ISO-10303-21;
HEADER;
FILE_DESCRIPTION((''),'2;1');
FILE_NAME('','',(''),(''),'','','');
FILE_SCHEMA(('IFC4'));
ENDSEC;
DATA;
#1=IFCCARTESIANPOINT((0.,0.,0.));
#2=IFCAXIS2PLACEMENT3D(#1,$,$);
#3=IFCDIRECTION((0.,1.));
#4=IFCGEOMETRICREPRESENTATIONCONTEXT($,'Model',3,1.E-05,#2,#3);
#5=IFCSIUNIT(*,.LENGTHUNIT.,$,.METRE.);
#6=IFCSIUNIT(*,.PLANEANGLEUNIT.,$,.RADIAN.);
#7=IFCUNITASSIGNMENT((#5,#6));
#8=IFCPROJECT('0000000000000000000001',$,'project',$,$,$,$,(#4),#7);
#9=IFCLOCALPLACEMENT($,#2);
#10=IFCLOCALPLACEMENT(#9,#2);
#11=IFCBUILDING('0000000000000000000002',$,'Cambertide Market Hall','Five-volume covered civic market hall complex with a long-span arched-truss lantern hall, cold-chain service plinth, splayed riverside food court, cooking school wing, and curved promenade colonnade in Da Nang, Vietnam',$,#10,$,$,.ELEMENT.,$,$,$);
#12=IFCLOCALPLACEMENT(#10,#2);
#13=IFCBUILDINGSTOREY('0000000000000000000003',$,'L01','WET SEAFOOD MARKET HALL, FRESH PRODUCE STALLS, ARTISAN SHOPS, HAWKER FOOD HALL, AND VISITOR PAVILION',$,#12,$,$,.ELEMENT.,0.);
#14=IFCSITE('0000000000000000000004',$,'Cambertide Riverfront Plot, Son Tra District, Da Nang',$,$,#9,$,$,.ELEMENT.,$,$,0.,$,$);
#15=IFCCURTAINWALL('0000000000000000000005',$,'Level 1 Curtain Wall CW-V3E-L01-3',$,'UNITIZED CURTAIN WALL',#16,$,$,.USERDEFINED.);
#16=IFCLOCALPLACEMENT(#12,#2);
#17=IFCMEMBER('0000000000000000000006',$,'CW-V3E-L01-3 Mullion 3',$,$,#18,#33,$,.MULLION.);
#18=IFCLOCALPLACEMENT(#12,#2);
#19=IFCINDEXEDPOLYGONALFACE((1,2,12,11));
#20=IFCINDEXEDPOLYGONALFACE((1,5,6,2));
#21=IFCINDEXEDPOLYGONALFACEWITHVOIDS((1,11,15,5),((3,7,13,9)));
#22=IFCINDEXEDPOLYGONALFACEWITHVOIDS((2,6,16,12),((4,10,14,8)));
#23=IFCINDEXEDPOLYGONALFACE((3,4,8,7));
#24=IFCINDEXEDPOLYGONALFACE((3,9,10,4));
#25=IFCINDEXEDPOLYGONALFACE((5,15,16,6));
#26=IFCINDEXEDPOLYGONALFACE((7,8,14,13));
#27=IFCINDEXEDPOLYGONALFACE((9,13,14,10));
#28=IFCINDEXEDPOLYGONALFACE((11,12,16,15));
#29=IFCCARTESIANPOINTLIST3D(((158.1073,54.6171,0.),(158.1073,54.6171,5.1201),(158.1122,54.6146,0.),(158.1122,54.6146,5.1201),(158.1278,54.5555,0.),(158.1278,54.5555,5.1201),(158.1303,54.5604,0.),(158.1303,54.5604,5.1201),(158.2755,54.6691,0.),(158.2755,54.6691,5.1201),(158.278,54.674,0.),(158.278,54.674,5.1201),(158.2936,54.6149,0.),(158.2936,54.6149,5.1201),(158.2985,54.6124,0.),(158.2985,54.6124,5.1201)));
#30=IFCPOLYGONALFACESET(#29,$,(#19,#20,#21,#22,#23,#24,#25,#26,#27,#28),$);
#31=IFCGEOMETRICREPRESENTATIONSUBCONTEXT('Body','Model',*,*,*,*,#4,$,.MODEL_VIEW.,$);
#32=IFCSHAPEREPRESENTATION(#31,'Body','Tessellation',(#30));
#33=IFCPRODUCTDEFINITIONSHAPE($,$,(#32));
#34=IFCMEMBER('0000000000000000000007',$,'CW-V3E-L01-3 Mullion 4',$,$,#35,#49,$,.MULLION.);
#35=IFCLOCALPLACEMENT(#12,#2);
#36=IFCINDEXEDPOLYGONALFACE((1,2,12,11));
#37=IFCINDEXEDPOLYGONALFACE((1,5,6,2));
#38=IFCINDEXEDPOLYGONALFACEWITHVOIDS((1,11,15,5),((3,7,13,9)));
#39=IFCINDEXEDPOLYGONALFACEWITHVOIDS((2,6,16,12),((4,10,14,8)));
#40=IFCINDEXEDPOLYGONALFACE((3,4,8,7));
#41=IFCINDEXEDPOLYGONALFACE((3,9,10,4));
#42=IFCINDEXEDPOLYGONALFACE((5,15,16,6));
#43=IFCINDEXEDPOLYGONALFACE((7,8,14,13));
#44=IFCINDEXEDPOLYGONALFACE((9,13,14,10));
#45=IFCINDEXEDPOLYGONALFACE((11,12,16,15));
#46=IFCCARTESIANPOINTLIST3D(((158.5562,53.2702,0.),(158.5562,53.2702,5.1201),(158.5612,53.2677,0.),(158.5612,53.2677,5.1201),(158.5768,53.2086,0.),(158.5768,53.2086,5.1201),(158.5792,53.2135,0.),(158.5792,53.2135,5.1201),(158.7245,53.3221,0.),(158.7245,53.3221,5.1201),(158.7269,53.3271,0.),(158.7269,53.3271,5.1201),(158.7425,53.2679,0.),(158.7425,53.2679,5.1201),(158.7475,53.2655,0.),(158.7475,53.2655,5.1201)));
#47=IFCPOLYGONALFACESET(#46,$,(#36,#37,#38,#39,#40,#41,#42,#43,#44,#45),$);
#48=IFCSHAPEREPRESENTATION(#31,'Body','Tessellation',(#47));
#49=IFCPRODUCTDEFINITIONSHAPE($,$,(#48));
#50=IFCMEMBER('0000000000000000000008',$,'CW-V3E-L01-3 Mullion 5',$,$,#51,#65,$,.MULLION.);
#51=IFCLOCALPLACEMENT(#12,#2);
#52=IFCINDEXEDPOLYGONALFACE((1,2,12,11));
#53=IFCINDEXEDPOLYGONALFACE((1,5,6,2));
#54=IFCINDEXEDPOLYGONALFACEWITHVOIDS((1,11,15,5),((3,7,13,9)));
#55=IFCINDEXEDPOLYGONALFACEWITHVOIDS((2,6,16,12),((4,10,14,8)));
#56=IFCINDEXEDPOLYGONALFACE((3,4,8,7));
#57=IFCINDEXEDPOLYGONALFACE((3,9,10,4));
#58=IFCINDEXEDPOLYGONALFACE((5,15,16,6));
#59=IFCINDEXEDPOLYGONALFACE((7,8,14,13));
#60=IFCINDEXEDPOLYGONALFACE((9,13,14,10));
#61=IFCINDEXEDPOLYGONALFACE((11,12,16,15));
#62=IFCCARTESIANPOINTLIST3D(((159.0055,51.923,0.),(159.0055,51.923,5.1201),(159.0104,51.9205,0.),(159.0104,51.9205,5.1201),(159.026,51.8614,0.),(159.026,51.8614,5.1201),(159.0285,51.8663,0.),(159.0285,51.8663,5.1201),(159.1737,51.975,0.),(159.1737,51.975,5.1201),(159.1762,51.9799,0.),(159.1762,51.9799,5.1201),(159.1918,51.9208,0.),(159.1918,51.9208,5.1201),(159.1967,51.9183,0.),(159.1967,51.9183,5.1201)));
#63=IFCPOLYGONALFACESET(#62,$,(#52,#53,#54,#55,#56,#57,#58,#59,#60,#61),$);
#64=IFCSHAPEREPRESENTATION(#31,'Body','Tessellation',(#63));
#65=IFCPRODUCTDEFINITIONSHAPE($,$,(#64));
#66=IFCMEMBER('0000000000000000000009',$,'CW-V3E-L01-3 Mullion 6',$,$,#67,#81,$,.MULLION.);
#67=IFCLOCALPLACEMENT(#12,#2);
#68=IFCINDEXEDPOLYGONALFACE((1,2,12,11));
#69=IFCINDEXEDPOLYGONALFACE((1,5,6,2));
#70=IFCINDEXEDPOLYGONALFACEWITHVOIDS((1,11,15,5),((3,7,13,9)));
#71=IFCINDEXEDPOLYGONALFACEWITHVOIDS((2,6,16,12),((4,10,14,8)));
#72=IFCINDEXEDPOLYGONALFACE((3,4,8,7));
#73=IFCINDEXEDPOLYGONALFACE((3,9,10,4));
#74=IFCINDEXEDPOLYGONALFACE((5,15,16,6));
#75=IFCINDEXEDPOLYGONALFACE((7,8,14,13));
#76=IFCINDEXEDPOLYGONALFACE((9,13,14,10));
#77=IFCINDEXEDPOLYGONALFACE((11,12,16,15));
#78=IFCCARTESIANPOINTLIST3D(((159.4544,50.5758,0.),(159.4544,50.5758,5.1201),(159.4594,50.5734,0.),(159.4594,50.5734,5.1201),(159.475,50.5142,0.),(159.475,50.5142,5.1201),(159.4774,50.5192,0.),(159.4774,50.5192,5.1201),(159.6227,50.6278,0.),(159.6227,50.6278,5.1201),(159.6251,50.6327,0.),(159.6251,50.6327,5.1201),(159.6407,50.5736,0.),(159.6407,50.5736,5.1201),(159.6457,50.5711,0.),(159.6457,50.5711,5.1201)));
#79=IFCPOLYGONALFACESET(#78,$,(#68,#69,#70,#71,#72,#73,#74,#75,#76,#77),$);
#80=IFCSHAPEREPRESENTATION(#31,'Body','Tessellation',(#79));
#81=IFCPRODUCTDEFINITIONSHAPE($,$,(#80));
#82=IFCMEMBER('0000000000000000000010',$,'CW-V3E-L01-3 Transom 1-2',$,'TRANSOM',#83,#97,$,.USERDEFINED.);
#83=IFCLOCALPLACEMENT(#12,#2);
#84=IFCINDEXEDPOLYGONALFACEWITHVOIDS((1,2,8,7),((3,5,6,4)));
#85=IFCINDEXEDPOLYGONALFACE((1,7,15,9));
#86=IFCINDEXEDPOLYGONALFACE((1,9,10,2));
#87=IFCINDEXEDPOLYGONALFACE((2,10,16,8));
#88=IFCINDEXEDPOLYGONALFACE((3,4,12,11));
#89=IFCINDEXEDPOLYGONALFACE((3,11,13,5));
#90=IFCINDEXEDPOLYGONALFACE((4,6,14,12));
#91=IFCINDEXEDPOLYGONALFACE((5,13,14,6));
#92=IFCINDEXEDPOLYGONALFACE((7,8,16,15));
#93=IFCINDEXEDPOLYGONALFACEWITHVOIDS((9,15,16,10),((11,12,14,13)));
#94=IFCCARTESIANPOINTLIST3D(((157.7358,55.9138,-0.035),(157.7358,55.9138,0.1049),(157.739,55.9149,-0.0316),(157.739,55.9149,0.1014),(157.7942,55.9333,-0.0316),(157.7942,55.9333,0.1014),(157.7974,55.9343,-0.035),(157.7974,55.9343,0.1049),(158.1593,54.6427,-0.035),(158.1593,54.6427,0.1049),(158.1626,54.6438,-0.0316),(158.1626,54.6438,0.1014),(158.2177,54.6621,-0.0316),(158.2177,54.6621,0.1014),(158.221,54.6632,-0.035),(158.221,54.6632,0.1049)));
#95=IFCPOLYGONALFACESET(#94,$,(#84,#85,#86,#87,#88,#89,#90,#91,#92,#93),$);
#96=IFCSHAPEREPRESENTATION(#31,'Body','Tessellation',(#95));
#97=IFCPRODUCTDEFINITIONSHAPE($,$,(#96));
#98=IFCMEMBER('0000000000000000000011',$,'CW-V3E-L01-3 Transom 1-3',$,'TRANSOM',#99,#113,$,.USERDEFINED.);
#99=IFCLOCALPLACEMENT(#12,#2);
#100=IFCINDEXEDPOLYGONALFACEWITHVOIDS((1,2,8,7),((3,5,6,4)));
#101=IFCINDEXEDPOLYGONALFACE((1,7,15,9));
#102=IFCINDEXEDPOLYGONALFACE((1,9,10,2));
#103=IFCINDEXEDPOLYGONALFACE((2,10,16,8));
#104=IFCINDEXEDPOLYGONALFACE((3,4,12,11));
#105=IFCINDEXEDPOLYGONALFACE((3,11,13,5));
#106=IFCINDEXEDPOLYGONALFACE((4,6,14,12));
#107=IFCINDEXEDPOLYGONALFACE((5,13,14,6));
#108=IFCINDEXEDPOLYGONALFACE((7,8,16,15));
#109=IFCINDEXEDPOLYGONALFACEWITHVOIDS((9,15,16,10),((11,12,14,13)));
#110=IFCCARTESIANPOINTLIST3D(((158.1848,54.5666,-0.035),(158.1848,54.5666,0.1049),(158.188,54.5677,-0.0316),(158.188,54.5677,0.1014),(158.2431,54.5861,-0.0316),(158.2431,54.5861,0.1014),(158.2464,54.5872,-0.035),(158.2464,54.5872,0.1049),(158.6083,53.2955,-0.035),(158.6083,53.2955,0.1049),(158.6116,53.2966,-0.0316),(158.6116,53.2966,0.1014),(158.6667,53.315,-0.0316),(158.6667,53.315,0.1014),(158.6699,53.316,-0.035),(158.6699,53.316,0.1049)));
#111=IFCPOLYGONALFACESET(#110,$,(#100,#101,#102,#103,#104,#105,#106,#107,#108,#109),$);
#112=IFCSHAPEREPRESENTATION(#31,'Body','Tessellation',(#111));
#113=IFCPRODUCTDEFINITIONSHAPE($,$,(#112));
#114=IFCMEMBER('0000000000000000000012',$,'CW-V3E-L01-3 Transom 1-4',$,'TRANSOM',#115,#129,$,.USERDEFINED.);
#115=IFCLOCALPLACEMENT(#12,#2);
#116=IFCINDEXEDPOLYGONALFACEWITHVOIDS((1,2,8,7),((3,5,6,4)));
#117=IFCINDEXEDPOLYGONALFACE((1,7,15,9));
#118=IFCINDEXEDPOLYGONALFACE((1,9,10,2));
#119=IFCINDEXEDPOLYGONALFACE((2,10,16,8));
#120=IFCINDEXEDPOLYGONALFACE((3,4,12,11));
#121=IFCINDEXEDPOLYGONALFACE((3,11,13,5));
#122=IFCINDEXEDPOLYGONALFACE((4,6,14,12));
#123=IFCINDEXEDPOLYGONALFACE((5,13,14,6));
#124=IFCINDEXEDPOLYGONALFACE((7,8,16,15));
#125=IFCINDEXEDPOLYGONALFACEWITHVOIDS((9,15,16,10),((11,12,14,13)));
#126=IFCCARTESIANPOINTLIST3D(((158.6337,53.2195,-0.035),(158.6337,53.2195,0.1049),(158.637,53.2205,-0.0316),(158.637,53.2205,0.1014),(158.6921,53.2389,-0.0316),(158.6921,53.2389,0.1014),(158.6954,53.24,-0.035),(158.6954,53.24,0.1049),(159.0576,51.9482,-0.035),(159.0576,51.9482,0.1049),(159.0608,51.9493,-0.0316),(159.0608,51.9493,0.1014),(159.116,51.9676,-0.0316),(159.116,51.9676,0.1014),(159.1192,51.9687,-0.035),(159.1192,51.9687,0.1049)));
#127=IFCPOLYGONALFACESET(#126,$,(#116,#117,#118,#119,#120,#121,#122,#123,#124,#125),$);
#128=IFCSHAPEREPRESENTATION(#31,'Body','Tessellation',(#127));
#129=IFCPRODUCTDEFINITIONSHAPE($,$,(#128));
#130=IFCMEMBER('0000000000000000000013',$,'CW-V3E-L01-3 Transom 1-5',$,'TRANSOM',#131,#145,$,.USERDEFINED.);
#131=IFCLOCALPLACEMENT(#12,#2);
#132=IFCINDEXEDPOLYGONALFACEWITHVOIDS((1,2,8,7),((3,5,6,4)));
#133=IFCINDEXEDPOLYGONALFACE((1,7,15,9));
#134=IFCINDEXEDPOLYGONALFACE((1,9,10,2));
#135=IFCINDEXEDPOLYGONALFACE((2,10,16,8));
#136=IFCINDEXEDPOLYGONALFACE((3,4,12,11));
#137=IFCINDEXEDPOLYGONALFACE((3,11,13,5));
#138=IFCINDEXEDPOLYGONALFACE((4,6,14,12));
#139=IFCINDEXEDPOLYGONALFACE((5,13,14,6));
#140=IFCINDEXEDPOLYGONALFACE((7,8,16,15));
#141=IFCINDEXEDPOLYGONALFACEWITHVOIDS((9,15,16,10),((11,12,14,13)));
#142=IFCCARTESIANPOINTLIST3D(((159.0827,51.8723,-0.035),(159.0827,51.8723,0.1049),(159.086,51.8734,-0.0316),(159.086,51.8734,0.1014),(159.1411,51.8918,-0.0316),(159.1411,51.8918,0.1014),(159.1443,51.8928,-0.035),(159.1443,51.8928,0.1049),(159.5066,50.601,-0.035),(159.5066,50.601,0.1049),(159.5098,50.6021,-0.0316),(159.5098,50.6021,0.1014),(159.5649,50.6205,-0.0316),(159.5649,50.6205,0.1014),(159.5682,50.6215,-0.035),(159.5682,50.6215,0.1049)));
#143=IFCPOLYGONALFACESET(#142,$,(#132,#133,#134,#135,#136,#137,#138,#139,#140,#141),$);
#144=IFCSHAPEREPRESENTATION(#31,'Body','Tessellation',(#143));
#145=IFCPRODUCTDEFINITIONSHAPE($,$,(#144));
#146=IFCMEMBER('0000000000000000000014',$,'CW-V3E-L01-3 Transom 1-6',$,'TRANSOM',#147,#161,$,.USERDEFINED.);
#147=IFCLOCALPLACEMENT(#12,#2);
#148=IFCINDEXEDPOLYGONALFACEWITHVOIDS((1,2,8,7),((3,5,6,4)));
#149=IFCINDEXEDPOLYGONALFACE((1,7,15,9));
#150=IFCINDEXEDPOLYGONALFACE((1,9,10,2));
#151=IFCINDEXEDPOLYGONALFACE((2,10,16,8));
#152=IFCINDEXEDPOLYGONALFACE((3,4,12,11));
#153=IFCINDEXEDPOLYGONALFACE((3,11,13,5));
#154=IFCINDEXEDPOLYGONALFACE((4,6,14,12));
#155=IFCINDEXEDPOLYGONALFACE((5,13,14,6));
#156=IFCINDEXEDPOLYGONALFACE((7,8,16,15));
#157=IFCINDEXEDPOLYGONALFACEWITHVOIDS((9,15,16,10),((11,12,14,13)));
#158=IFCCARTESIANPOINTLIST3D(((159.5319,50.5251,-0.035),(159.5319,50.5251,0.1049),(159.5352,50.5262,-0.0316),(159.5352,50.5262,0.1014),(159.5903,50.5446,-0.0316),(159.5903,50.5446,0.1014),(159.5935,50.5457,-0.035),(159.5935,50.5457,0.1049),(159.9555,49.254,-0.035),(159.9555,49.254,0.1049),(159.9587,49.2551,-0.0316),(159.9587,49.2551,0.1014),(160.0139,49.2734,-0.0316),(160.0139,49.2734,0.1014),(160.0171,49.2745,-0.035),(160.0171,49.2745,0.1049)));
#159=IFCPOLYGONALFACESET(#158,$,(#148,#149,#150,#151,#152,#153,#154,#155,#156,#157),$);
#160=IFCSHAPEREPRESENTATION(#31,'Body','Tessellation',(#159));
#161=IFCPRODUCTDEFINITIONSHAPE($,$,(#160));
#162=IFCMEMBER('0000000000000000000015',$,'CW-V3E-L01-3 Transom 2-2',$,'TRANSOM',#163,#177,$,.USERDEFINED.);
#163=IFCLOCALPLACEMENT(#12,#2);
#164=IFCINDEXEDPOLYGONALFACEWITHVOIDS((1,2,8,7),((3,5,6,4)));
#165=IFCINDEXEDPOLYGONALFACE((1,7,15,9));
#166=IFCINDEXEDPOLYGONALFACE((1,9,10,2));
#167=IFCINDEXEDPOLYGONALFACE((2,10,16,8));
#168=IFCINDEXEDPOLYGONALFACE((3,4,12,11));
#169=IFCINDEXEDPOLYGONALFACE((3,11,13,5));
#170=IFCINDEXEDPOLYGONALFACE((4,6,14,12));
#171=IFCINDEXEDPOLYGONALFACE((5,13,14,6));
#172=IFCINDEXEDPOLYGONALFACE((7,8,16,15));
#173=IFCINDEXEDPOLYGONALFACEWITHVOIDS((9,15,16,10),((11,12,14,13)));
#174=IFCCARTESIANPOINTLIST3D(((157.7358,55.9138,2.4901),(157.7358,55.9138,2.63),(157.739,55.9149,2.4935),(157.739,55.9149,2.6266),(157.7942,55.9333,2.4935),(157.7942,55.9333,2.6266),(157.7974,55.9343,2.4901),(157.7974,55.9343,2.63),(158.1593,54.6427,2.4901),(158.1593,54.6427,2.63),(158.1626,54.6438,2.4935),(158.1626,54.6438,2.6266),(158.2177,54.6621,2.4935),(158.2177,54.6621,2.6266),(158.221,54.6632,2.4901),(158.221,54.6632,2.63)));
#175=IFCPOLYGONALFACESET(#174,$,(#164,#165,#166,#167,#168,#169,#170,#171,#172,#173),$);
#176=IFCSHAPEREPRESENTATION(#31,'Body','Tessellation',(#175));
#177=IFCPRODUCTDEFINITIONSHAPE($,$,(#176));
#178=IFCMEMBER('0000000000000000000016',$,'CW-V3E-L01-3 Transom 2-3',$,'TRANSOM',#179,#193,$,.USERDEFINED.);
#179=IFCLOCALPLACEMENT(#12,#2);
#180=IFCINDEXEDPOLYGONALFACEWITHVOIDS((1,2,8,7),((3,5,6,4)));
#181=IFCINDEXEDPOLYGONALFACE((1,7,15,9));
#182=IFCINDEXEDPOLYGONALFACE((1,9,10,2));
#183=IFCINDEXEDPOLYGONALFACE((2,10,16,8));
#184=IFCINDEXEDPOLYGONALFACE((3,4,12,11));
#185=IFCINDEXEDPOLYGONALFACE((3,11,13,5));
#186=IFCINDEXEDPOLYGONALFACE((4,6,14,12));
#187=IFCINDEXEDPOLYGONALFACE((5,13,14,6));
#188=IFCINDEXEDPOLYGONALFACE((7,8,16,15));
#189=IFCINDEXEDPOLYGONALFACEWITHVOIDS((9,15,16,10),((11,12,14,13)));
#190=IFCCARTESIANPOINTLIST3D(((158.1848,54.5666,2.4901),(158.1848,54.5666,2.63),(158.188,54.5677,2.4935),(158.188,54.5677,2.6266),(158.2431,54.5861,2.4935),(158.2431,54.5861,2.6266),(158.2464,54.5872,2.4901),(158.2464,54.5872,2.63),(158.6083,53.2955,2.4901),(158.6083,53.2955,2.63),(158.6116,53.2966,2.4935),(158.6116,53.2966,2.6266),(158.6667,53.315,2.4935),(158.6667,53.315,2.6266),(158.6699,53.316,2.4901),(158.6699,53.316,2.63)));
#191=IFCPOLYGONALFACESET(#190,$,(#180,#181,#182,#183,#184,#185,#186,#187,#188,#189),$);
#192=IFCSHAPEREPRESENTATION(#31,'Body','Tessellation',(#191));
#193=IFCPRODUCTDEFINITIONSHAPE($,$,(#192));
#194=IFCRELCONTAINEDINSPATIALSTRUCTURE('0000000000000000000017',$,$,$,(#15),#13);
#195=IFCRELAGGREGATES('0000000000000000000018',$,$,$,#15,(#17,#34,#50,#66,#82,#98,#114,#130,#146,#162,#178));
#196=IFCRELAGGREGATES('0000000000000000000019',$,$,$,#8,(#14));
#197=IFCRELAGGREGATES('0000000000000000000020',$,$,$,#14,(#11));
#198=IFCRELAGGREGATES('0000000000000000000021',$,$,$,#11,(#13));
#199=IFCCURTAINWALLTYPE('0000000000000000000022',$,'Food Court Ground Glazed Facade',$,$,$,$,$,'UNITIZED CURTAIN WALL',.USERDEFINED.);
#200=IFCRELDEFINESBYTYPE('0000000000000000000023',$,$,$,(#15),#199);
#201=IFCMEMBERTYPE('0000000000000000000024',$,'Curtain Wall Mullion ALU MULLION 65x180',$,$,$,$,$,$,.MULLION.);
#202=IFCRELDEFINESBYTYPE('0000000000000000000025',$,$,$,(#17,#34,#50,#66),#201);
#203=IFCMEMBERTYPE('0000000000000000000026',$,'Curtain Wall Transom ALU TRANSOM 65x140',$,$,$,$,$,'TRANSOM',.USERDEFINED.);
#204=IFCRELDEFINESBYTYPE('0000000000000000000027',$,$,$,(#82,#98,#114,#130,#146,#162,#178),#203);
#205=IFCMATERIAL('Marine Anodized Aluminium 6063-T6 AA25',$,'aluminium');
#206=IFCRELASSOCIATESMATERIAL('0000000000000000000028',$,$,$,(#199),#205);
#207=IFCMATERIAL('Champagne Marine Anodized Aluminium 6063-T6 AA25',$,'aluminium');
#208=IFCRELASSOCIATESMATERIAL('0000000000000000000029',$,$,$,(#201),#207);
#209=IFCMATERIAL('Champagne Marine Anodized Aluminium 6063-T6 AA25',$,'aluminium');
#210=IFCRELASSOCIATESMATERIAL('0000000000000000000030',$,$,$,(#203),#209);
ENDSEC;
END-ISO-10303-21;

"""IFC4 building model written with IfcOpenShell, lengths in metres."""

from ifc_helpers import new_model, si_unit, direction, frame, origin, origin_2d, place, context, subcontext, project, spatial, hollow_rectangle, extrude, material, material_profile, profile_set, type_object, element, aggregate, save


model = new_model("IFC4")

# Units and contexts
model_context = context("Model", 3, precision=1e-05, world=origin(), true_north=direction((0.0, 1.0)))
body_context = subcontext(model_context, "Body", "Model", "MODEL_VIEW")
ifc_project = project(units=[si_unit("LENGTHUNIT", "METRE"), si_unit("PLANEANGLEUNIT", "RADIAN")], contexts=[model_context])

# Site, building, storey
site_placement = place(None, origin())
site = spatial("IfcSite", under=ifc_project, at=site_placement, Name="Cambertide Riverfront Plot, Son Tra District, Da Nang", CompositionType="ELEMENT", RefElevation=0.0)
building_placement = place(site_placement, origin())
building = spatial("IfcBuilding", under=site, at=building_placement, Name="Cambertide Market Hall", Description="Five-volume covered civic market hall complex with a long-span arched-truss lantern hall, cold-chain service plinth, splayed riverside food court, cooking school wing, and curved promenade colonnade in Da Nang, Vietnam", CompositionType="ELEMENT")
storey_placement = place(building_placement, origin())
storey = spatial("IfcBuildingStorey", under=building, at=storey_placement, Name="L01", Description="WET SEAFOOD MARKET HALL, FRESH PRODUCE STALLS, ARTISAN SHOPS, HAWKER FOOD HALL, AND VISITOR PAVILION", CompositionType="ELEMENT", Elevation=0.0)

# Curtain wall, members
ifc_material_1 = material(Name="Marine Anodized Aluminium 6063-T6 AA25", Category="aluminium")
curtain_wall_type = type_object("IfcCurtainWallType", Name="Food Court Ground Glazed Facade", ElementType="UNITIZED CURTAIN WALL", PredefinedType="USERDEFINED", material=ifc_material_1)
curtain_wall_placement = place(storey_placement, origin())
curtain_wall = element("IfcCurtainWall", 1, at=curtain_wall_placement, inside=storey, type_object=curtain_wall_type, Name="Level 1 Curtain Wall CW-V3E-L01-3", ObjectType="UNITIZED CURTAIN WALL", PredefinedType="USERDEFINED")
ifc_material_2 = material(Name="Champagne Marine Anodized Aluminium 6063-T6 AA25", Category="aluminium")
ifc_material_profile_1 = material_profile(ifc_material_2, hollow_rectangle(XDim=0.0649, YDim=0.1799, WallThickness=0.0039, at=origin_2d()), Name="ALU MULLION 65x180")
ifc_profile_set_1 = profile_set([ifc_material_profile_1], Name="Champagne Marine Anodized Aluminium 6063-T6 AA25")
member_type_1 = type_object("IfcMemberType", Name="Curtain Wall Mullion ALU MULLION 65x180", PredefinedType="MULLION", material=ifc_profile_set_1)
member_1_placement = place(storey_placement, frame((158.2029, 54.6147, 0.0), z_axis=(0.0, 0.0, 1.0), x_axis=(0.316228, -0.948683, 0.0)))
member_1 = element("IfcMember", 2, at=member_1_placement, type_object=member_type_1, Name="CW-V3E-L01-3 Mullion 3", PredefinedType="MULLION", context=body_context, shape_type="SweptSolid", body=[
    extrude(hollow_rectangle(XDim=0.0649, YDim=0.1799, WallThickness=0.0039, at=origin_2d()), origin(), (0.0, 0.0, 1.0), 5.1201),
])
member_2_placement = place(storey_placement, frame((158.6519, 53.2678, 0.0), z_axis=(0.0, 0.0, 1.0), x_axis=(0.316228, -0.948683, 0.0)))
member_2 = element("IfcMember", 3, at=member_2_placement, type_object=member_type_1, Name="CW-V3E-L01-3 Mullion 4", PredefinedType="MULLION", context=body_context, shape_type="SweptSolid", body=[
    extrude(hollow_rectangle(XDim=0.0649, YDim=0.1799, WallThickness=0.0039, at=origin_2d()), origin(), (0.0, 0.0, 1.0), 5.1201),
])
member_3_placement = place(storey_placement, frame((159.1011, 51.9207, 0.0), z_axis=(0.0, 0.0, 1.0), x_axis=(0.316228, -0.948683, 0.0)))
member_3 = element("IfcMember", 4, at=member_3_placement, type_object=member_type_1, Name="CW-V3E-L01-3 Mullion 5", PredefinedType="MULLION", context=body_context, shape_type="SweptSolid", body=[
    extrude(hollow_rectangle(XDim=0.0649, YDim=0.1799, WallThickness=0.0039, at=origin_2d()), origin(), (0.0, 0.0, 1.0), 5.1201),
])
member_4_placement = place(storey_placement, frame((159.55, 50.5735, 0.0), z_axis=(0.0, 0.0, 1.0), x_axis=(0.316228, -0.948683, 0.0)))
member_4 = element("IfcMember", 5, at=member_4_placement, type_object=member_type_1, Name="CW-V3E-L01-3 Mullion 6", PredefinedType="MULLION", context=body_context, shape_type="SweptSolid", body=[
    extrude(hollow_rectangle(XDim=0.0649, YDim=0.1799, WallThickness=0.0039, at=origin_2d()), origin(), (0.0, 0.0, 1.0), 5.1201),
])
ifc_material_3 = material(Name="Champagne Marine Anodized Aluminium 6063-T6 AA25", Category="aluminium")
ifc_material_profile_2 = material_profile(ifc_material_3, hollow_rectangle(XDim=0.0649, YDim=0.1399, WallThickness=0.0034, at=origin_2d()), Name="ALU TRANSOM 65x140")
ifc_profile_set_2 = profile_set([ifc_material_profile_2], Name="Champagne Marine Anodized Aluminium 6063-T6 AA25")
member_type_2 = type_object("IfcMemberType", Name="Curtain Wall Transom ALU TRANSOM 65x140", ElementType="TRANSOM", PredefinedType="USERDEFINED", material=ifc_profile_set_2)
member_5_placement = place(storey_placement, frame((157.7666, 55.9241, 0.0349), z_axis=(0.316118, -0.94872, 0.0), x_axis=(0.94872, 0.316118, 0.0)))
member_5 = element("IfcMember", 6, at=member_5_placement, type_object=member_type_2, Name="CW-V3E-L01-3 Transom 1-2", ObjectType="TRANSOM", PredefinedType="USERDEFINED", context=body_context, shape_type="SweptSolid", body=[
    extrude(hollow_rectangle(XDim=0.0649, YDim=0.1399, WallThickness=0.0034, at=origin_2d()), origin(), (0.0, 0.0, 1.0), 1.3398),
])
member_6_placement = place(storey_placement, frame((158.2156, 54.5769, 0.0349), z_axis=(0.316118, -0.94872, 0.0), x_axis=(0.94872, 0.316118, 0.0)))
member_6 = element("IfcMember", 7, at=member_6_placement, type_object=member_type_2, Name="CW-V3E-L01-3 Transom 1-3", ObjectType="TRANSOM", PredefinedType="USERDEFINED", context=body_context, shape_type="SweptSolid", body=[
    extrude(hollow_rectangle(XDim=0.0649, YDim=0.1399, WallThickness=0.0034, at=origin_2d()), origin(), (0.0, 0.0, 1.0), 1.3398),
])
member_7_placement = place(storey_placement, frame((158.6646, 53.2297, 0.0349), z_axis=(0.316282, -0.948665, 0.0), x_axis=(0.948665, 0.316282, 0.0)))
member_7 = element("IfcMember", 8, at=member_7_placement, type_object=member_type_2, Name="CW-V3E-L01-3 Transom 1-4", ObjectType="TRANSOM", PredefinedType="USERDEFINED", context=body_context, shape_type="SweptSolid", body=[
    extrude(hollow_rectangle(XDim=0.0649, YDim=0.1399, WallThickness=0.0034, at=origin_2d()), origin(), (0.0, 0.0, 1.0), 1.3401),
])
member_8_placement = place(storey_placement, frame((159.1135, 51.8826, 0.0349), z_axis=(0.316282, -0.948665, 0.0), x_axis=(0.948665, 0.316282, 0.0)))
member_8 = element("IfcMember", 9, at=member_8_placement, type_object=member_type_2, Name="CW-V3E-L01-3 Transom 1-5", ObjectType="TRANSOM", PredefinedType="USERDEFINED", context=body_context, shape_type="SweptSolid", body=[
    extrude(hollow_rectangle(XDim=0.0649, YDim=0.1399, WallThickness=0.0034, at=origin_2d()), origin(), (0.0, 0.0, 1.0), 1.3401),
])
member_9_placement = place(storey_placement, frame((159.5627, 50.5354, 0.0349), z_axis=(0.316118, -0.94872, 0.0), x_axis=(0.94872, 0.316118, 0.0)))
member_9 = element("IfcMember", 10, at=member_9_placement, type_object=member_type_2, Name="CW-V3E-L01-3 Transom 1-6", ObjectType="TRANSOM", PredefinedType="USERDEFINED", context=body_context, shape_type="SweptSolid", body=[
    extrude(hollow_rectangle(XDim=0.0649, YDim=0.1399, WallThickness=0.0034, at=origin_2d()), origin(), (0.0, 0.0, 1.0), 1.3398),
])
member_10_placement = place(storey_placement, frame((157.7666, 55.9241, 2.5601), z_axis=(0.316118, -0.94872, 0.0), x_axis=(0.94872, 0.316118, 0.0)))
member_10 = element("IfcMember", 11, at=member_10_placement, type_object=member_type_2, Name="CW-V3E-L01-3 Transom 2-2", ObjectType="TRANSOM", PredefinedType="USERDEFINED", context=body_context, shape_type="SweptSolid", body=[
    extrude(hollow_rectangle(XDim=0.0649, YDim=0.1399, WallThickness=0.0034, at=origin_2d()), origin(), (0.0, 0.0, 1.0), 1.3398),
])
member_11_placement = place(storey_placement, frame((158.2156, 54.5769, 2.5601), z_axis=(0.316118, -0.94872, 0.0), x_axis=(0.94872, 0.316118, 0.0)))
member_11 = element("IfcMember", 12, at=member_11_placement, type_object=member_type_2, Name="CW-V3E-L01-3 Transom 2-3", ObjectType="TRANSOM", PredefinedType="USERDEFINED", context=body_context, shape_type="SweptSolid", body=[
    extrude(hollow_rectangle(XDim=0.0649, YDim=0.1399, WallThickness=0.0034, at=origin_2d()), origin(), (0.0, 0.0, 1.0), 1.3398),
])
aggregate(curtain_wall, [member_1, member_2, member_3, member_4, member_5, member_6, member_7, member_8, member_9, member_10, member_11])

save(model, "model.ifc")
